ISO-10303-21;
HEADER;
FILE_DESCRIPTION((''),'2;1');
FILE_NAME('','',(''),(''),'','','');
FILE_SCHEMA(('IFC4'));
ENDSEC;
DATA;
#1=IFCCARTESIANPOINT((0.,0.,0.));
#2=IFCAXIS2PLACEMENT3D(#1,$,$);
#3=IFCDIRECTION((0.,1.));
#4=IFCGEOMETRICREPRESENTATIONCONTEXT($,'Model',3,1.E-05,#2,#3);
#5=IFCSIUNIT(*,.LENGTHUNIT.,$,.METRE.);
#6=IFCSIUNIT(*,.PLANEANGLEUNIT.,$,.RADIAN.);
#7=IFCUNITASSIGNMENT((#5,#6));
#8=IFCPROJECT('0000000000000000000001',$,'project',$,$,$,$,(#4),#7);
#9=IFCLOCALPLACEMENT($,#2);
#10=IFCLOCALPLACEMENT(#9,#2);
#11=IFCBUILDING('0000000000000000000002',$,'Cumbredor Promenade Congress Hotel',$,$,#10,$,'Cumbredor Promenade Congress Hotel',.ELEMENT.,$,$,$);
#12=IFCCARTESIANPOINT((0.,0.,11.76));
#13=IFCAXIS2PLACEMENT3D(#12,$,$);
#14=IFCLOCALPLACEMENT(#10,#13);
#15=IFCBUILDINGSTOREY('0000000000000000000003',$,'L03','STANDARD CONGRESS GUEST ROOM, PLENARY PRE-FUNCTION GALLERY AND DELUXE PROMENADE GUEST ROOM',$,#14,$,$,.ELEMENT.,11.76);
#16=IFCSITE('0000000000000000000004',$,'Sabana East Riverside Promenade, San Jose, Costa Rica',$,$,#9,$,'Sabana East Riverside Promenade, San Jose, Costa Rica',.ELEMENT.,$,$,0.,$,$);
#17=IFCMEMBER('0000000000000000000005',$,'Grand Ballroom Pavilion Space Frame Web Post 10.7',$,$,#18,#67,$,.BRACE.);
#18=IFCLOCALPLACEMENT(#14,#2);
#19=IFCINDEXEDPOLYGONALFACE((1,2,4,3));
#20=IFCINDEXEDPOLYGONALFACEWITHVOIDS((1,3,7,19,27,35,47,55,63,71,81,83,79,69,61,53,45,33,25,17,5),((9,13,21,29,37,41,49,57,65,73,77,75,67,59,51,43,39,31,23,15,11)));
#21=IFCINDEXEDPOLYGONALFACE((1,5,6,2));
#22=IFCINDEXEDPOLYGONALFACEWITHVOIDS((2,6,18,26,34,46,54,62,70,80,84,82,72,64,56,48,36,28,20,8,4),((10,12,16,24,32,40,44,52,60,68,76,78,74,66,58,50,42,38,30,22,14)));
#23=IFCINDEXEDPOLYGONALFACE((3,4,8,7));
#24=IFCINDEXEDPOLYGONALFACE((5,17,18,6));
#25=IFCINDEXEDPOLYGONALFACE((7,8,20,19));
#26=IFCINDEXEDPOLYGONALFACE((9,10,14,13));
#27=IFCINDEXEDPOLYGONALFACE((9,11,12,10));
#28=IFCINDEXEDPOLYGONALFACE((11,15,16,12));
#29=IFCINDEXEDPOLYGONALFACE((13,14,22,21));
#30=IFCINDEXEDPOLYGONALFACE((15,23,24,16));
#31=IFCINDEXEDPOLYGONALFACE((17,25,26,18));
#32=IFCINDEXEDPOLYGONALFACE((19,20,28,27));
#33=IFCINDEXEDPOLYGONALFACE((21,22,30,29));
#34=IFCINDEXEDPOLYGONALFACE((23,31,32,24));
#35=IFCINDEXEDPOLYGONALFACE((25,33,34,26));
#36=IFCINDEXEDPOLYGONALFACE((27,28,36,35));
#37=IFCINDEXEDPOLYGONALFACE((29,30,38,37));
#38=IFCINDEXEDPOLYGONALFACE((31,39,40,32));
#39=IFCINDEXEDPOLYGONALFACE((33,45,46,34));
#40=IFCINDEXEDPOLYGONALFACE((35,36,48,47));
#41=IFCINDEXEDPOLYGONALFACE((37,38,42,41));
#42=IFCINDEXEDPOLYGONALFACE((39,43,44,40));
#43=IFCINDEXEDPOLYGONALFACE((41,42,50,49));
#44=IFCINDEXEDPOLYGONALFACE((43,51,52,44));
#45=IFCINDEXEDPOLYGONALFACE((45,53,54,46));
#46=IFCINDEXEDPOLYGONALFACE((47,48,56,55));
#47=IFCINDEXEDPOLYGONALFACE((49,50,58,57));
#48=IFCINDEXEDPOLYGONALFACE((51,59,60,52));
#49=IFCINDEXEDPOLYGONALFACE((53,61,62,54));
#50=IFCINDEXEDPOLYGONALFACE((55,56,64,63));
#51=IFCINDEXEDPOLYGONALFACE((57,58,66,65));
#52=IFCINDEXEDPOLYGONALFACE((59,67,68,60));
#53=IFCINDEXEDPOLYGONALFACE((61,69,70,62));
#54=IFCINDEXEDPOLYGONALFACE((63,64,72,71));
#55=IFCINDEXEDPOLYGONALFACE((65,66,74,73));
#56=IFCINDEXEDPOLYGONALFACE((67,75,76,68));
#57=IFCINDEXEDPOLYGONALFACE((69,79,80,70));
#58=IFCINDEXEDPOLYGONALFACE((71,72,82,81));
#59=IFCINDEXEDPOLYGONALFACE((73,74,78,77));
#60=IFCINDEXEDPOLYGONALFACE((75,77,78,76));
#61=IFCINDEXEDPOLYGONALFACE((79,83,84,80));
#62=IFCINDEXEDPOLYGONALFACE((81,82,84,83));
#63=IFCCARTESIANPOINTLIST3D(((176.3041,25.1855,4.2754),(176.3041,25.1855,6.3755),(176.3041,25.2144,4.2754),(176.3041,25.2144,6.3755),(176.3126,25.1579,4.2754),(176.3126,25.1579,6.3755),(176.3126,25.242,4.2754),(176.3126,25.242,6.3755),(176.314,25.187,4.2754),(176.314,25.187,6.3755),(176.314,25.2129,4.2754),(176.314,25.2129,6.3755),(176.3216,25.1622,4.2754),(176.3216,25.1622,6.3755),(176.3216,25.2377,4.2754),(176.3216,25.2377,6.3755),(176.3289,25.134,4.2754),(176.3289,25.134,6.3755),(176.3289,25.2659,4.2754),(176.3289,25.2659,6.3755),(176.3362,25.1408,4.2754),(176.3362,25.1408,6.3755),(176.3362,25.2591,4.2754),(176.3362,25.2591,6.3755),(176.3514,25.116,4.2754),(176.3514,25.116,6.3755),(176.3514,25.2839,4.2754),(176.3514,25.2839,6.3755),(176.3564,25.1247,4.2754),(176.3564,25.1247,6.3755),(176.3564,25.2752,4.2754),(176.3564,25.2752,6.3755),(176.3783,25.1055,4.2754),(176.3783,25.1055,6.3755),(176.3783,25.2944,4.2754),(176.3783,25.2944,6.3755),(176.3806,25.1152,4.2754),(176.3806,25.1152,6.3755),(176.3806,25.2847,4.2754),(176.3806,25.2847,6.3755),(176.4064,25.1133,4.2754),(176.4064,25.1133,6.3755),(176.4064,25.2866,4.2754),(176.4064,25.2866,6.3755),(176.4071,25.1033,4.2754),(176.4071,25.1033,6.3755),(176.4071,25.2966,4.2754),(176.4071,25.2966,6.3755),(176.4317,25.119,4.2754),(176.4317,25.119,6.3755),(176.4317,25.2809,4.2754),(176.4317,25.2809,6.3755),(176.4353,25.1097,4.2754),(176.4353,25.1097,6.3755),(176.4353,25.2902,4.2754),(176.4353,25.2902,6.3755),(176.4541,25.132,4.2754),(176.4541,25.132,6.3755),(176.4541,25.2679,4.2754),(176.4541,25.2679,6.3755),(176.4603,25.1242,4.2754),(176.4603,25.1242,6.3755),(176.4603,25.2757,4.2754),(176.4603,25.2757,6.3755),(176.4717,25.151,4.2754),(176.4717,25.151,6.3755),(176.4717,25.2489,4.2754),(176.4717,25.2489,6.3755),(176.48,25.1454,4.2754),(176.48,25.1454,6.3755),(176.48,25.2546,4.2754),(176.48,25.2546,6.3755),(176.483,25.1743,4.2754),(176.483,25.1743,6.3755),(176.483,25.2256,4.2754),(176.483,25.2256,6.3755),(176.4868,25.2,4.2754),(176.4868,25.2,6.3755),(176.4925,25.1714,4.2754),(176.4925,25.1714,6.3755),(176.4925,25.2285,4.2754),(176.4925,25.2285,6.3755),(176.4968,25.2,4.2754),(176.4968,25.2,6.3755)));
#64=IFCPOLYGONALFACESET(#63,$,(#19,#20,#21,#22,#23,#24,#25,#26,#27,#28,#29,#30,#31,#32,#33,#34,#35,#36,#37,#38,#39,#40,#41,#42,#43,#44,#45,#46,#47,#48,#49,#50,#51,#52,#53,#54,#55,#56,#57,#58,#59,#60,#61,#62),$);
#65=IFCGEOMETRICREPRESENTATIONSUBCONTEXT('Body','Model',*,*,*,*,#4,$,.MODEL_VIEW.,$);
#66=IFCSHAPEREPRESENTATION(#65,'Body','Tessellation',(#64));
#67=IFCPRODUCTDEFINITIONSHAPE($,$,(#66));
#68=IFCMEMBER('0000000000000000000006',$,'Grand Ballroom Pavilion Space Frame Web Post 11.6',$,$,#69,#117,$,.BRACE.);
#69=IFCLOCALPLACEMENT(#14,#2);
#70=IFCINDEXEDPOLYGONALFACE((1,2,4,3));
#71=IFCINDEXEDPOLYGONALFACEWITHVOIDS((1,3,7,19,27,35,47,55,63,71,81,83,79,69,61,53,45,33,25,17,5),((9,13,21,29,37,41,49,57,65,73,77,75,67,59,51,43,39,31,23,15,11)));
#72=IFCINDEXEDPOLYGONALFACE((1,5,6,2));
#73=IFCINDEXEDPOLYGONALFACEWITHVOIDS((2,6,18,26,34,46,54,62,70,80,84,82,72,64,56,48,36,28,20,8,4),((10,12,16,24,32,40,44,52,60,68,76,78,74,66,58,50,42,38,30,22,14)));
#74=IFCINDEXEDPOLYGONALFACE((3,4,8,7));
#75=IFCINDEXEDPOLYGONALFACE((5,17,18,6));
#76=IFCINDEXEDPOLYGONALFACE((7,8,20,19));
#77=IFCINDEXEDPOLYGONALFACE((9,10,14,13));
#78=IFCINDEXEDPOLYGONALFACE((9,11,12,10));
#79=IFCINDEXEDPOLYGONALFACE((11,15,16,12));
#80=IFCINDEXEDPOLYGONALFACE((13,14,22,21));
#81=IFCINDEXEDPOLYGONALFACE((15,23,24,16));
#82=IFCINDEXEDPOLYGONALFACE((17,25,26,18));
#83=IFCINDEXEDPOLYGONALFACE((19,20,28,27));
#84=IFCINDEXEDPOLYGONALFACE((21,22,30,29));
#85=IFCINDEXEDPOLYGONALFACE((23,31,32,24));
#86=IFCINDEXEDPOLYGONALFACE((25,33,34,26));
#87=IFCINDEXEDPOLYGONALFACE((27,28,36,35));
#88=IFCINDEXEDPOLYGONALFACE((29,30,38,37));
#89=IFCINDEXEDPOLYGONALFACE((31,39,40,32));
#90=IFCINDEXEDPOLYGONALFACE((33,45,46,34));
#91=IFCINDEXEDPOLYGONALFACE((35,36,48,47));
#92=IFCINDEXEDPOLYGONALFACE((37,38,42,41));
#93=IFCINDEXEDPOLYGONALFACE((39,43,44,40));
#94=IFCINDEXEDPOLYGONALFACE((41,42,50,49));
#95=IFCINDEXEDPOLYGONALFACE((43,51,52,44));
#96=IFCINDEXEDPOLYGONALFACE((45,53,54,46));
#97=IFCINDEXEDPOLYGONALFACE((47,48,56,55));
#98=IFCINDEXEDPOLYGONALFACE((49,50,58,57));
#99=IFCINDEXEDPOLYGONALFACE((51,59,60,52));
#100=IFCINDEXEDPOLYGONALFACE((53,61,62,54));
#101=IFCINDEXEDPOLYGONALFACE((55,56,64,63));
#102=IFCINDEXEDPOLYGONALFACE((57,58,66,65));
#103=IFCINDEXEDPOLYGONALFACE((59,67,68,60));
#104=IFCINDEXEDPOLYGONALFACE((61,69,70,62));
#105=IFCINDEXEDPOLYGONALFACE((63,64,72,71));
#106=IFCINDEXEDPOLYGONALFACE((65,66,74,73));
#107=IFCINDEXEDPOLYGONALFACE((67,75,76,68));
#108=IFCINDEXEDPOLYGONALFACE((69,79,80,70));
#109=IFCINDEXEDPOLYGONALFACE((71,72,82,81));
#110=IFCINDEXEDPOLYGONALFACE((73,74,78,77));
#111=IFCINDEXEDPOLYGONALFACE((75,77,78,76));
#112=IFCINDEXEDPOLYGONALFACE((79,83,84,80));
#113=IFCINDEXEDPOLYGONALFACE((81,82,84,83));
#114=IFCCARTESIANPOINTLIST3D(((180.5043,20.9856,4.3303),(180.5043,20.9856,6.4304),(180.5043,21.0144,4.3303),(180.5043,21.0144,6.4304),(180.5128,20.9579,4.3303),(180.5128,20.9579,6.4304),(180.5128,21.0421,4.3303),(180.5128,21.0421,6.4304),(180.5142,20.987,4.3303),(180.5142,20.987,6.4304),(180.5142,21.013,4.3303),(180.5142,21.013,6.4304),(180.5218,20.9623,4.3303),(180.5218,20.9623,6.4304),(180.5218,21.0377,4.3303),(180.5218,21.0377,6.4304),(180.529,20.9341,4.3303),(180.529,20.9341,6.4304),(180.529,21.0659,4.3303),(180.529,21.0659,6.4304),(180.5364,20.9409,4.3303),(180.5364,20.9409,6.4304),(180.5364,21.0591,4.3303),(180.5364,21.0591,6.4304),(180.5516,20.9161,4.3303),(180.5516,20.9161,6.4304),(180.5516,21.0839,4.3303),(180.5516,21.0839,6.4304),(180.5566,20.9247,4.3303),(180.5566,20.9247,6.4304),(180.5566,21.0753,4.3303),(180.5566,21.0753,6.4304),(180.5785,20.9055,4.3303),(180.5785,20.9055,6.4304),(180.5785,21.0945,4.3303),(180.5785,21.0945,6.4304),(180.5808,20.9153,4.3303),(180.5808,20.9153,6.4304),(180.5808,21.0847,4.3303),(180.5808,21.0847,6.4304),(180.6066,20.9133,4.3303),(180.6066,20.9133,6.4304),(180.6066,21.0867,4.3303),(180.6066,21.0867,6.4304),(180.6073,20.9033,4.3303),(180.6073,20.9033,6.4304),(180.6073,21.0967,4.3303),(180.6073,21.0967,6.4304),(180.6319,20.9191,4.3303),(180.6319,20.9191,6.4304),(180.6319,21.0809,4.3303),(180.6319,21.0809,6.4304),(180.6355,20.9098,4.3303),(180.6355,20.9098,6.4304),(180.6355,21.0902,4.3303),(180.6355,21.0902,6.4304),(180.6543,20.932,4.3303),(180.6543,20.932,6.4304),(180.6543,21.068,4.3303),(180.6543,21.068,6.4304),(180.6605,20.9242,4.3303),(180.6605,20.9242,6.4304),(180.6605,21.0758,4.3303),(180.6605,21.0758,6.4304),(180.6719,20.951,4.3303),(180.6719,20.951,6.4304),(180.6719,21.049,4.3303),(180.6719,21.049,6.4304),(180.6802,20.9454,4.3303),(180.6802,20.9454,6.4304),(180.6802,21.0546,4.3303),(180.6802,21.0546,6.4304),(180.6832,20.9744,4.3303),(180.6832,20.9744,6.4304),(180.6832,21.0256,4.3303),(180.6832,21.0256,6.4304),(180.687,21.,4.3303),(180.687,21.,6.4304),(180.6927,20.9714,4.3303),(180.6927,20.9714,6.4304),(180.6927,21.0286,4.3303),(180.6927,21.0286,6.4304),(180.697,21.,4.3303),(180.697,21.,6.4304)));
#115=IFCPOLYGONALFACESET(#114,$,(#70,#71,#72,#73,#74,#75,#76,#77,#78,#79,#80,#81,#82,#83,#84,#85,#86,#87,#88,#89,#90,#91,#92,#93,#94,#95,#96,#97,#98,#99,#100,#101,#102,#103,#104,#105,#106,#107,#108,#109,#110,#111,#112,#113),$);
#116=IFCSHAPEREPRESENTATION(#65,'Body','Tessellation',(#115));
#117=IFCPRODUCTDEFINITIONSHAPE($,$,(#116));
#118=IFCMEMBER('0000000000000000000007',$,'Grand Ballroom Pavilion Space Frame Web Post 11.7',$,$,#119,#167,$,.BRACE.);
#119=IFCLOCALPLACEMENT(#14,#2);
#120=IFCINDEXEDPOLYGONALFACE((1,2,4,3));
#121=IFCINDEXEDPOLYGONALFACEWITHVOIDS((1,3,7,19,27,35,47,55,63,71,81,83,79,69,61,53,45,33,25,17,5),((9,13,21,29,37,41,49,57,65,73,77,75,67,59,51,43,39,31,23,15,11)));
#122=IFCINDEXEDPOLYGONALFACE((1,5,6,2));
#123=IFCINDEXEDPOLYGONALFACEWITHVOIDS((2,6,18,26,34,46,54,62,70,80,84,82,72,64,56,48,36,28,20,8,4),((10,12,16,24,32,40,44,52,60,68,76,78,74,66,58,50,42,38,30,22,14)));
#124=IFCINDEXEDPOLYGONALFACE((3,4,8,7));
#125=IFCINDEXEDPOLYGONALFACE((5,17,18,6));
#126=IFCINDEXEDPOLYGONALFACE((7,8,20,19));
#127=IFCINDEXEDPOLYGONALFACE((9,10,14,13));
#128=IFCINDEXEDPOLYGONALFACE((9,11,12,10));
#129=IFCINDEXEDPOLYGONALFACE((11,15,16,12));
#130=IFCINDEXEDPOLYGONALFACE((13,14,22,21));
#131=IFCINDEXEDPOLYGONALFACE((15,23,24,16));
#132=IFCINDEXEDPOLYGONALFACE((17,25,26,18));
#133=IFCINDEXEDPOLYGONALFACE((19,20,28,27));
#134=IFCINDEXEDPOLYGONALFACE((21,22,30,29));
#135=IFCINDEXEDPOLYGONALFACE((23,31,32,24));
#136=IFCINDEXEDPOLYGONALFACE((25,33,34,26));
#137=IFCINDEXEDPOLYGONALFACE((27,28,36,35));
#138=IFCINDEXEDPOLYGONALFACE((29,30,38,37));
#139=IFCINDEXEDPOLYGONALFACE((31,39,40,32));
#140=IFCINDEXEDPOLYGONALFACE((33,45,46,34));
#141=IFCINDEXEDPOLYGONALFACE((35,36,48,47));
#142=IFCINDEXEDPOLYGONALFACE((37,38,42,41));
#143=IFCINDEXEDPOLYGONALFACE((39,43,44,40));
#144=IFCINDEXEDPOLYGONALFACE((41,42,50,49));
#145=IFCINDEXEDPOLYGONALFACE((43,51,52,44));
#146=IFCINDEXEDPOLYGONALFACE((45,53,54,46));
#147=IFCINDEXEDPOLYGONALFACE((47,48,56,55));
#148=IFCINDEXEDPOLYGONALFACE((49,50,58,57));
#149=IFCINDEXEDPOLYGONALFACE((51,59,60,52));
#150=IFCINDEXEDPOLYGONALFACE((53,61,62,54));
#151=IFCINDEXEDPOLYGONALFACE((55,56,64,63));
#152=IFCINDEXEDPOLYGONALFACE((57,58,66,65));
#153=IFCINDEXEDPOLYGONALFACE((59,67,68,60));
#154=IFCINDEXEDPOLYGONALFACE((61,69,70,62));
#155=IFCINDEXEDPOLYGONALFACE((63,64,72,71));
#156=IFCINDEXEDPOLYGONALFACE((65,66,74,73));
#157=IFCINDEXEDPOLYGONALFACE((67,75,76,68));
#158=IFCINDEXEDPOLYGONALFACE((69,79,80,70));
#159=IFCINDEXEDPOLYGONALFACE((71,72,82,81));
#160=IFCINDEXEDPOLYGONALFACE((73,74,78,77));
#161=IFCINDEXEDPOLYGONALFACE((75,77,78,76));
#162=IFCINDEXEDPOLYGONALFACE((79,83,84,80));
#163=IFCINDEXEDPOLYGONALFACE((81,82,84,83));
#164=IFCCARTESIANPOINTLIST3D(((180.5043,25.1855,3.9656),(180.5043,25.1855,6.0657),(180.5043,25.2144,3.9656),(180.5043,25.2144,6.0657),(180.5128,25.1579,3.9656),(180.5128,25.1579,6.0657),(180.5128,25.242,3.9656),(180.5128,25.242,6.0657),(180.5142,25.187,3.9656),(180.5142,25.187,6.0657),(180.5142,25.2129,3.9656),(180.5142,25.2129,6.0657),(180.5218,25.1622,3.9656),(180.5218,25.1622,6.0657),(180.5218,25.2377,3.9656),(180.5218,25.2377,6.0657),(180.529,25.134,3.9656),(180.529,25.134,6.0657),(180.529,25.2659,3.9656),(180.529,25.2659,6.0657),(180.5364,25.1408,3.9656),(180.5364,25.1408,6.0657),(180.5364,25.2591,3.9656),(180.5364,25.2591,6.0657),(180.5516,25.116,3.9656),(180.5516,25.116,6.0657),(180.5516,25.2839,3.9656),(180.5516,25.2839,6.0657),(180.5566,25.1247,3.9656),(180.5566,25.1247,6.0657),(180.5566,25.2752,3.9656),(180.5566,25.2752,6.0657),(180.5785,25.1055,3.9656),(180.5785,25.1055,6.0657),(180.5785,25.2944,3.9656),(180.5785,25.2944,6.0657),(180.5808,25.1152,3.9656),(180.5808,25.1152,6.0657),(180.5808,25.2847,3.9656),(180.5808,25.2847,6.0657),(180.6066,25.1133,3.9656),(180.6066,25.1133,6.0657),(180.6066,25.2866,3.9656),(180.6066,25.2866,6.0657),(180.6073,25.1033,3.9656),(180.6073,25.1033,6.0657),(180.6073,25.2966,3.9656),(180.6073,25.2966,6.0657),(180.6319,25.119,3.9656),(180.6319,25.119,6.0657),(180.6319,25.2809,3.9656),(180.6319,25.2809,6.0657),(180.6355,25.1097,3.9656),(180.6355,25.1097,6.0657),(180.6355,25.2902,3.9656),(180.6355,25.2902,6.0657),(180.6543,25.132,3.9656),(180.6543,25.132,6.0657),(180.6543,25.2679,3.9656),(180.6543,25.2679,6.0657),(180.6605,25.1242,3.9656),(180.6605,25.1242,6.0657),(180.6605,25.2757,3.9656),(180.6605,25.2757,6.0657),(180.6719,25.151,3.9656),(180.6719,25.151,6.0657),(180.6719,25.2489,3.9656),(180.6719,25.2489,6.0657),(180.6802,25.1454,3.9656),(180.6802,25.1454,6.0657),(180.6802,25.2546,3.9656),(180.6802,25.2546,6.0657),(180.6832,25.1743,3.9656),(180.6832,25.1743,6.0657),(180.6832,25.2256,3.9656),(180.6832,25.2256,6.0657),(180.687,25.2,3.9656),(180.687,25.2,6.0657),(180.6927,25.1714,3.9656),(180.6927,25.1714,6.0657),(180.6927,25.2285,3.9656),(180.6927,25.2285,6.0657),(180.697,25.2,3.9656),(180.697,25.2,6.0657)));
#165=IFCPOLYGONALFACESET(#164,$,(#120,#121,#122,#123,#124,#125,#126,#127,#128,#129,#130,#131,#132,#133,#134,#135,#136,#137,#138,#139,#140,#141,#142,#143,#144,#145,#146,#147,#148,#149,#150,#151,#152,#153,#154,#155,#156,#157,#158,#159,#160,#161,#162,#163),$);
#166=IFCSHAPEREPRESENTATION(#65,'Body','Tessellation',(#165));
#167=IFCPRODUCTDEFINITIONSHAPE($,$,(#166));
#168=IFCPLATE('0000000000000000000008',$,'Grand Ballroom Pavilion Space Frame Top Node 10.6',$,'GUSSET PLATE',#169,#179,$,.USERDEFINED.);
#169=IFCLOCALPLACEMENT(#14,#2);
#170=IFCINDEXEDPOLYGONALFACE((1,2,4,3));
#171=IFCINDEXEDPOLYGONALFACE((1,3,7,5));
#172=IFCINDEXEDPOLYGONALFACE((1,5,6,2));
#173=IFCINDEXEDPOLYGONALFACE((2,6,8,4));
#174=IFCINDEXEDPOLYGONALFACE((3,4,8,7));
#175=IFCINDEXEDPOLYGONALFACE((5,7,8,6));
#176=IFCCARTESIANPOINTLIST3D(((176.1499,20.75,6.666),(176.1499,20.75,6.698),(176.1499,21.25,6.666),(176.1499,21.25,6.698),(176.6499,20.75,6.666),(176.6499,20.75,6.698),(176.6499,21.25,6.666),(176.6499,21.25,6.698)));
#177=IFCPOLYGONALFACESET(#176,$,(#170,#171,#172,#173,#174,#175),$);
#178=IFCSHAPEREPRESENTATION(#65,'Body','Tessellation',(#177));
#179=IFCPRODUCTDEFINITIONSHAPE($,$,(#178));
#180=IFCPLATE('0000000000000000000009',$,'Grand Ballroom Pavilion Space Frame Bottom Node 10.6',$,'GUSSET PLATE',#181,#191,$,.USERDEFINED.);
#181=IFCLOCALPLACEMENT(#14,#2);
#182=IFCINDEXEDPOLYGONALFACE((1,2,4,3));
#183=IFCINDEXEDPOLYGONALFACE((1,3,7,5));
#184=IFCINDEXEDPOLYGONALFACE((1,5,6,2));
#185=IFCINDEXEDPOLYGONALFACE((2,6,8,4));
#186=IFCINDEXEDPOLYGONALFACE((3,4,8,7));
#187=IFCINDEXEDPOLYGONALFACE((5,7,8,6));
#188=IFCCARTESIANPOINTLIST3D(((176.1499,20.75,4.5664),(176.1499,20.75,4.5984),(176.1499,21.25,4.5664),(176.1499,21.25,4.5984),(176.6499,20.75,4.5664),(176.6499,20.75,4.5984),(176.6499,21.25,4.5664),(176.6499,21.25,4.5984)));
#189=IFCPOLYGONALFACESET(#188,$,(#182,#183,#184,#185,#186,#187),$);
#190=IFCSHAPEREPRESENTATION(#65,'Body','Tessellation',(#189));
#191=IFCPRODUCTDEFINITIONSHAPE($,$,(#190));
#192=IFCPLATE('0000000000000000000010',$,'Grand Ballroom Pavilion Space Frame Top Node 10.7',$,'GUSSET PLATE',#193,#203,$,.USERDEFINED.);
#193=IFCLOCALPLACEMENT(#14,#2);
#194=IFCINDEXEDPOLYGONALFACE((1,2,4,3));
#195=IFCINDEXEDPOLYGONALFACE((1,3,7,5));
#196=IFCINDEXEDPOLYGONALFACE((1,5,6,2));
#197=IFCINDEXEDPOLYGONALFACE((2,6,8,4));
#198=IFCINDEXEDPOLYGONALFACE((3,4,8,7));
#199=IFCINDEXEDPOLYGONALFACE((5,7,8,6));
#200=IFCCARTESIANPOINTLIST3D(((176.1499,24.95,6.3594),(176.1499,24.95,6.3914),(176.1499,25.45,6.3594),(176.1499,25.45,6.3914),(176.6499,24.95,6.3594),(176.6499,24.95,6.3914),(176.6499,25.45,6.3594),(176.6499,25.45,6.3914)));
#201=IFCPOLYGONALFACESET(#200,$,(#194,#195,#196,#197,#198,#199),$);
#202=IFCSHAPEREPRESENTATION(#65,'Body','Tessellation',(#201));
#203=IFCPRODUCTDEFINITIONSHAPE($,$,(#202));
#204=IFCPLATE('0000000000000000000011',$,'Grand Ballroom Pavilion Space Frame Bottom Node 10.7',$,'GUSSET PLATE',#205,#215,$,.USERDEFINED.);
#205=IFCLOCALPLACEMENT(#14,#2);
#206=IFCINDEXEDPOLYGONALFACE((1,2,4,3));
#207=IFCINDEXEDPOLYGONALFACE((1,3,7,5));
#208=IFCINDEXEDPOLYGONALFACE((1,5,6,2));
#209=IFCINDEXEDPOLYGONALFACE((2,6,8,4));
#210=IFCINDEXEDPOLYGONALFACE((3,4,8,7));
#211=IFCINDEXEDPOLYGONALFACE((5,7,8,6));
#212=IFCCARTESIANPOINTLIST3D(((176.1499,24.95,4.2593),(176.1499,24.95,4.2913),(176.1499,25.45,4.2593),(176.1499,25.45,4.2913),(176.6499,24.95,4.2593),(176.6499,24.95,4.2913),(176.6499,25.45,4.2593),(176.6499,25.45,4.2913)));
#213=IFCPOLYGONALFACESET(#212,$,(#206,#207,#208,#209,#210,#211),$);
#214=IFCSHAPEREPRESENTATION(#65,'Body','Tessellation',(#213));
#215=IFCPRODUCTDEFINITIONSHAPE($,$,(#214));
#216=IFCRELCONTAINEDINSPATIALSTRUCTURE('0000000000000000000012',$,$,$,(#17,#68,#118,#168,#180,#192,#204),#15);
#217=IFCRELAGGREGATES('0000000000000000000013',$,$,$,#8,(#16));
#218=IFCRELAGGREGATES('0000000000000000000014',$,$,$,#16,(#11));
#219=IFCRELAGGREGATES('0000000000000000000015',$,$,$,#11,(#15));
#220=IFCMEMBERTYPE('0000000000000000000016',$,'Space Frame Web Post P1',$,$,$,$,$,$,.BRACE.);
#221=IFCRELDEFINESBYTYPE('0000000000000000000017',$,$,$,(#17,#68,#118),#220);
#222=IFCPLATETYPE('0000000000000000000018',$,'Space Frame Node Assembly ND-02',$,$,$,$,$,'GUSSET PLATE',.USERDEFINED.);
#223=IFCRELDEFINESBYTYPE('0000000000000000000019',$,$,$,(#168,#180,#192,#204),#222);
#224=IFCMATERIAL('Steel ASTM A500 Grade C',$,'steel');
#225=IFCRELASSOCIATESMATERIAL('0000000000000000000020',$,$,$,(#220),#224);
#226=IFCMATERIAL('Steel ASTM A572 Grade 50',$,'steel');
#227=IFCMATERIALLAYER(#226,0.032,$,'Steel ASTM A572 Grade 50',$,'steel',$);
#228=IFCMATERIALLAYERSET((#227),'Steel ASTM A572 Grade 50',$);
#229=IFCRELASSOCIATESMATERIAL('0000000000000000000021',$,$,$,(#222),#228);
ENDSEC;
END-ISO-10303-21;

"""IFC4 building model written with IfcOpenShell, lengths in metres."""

from ifc_helpers import new_model, si_unit, direction, frame, origin, origin_2d, place, context, subcontext, project, spatial, rectangle, hollow_circle, extrude, material, layer, layer_set, material_profile, profile_set, type_object, element, save


model = new_model("IFC4")

# Units and contexts
model_context = context("Model", 3, precision=1e-05, world=origin(), true_north=direction((0.0, 1.0)))
body_context = subcontext(model_context, "Body", "Model", "MODEL_VIEW")
ifc_project = project(units=[si_unit("LENGTHUNIT", "METRE"), si_unit("PLANEANGLEUNIT", "RADIAN")], contexts=[model_context])

# Site, building, storey
site_placement = place(None, origin())
site = spatial("IfcSite", under=ifc_project, at=site_placement, Name="Sabana East Riverside Promenade, San Jose, Costa Rica", LongName="Sabana East Riverside Promenade, San Jose, Costa Rica", CompositionType="ELEMENT", RefElevation=0.0)
building_placement = place(site_placement, origin())
building = spatial("IfcBuilding", under=site, at=building_placement, Name="Cumbredor Promenade Congress Hotel", LongName="Cumbredor Promenade Congress Hotel", CompositionType="ELEMENT")
storey_placement = place(building_placement, frame((0.0, 0.0, 11.76)))
storey = spatial("IfcBuildingStorey", under=building, at=storey_placement, Name="L03", Description="STANDARD CONGRESS GUEST ROOM, PLENARY PRE-FUNCTION GALLERY AND DELUXE PROMENADE GUEST ROOM", CompositionType="ELEMENT", Elevation=11.76)

# Members
ifc_material_1 = material(Name="Steel ASTM A500 Grade C", Category="steel")
ifc_material_profile_1 = material_profile(ifc_material_1, hollow_circle(Radius=0.0969, WallThickness=0.01, at=origin_2d()), Name="CHS 193.7x10")
ifc_profile_set_1 = profile_set([ifc_material_profile_1], Name="Steel ASTM A500 Grade C")
member_type_1 = type_object("IfcMemberType", Name="Space Frame Web Post P1", PredefinedType="BRACE", material=ifc_profile_set_1)
for number, where, z_axis, x_axis, name in (
    (1, (176.3999, 25.2, 4.2754), (0.0, 0.0, 1.0), (1.0, 0.0, 0.0), "Grand Ballroom Pavilion Space Frame Web Post 10.7"),
    (2, (180.6001, 21.0, 4.3303), (0.0, 0.0, 1.0), (1.0, 0.0, 0.0), "Grand Ballroom Pavilion Space Frame Web Post 11.6"),
    (3, (180.6001, 25.2, 3.9656), (0.0, 0.0, 1.0), (1.0, 0.0, 0.0), "Grand Ballroom Pavilion Space Frame Web Post 11.7"),
):
    element("IfcMember", number, at=place(storey_placement, frame(where, z_axis=z_axis, x_axis=x_axis)), inside=storey, type_object=member_type_1, Name=name, PredefinedType="BRACE", context=body_context, shape_type="SweptSolid", body=[
        extrude(hollow_circle(Radius=0.0969, WallThickness=0.01, at=origin_2d()), origin(), (0.0, 0.0, 1.0), 2.1001),
    ])

# Plates
ifc_material_2 = material(Name="Steel ASTM A572 Grade 50", Category="steel")
ifc_layer = layer(ifc_material_2, 0.032, Name="Steel ASTM A572 Grade 50", Category="steel")
ifc_layer_set = layer_set([ifc_layer], Name="Steel ASTM A572 Grade 50")
plate_type = type_object("IfcPlateType", Name="Space Frame Node Assembly ND-02", ElementType="GUSSET PLATE", PredefinedType="USERDEFINED", material=ifc_layer_set)
for number, where, z_axis, x_axis, name in (
    (4, (176.3999, 21.0, 6.666), (0.0, 0.0, 1.0), (1.0, 0.0, 0.0), "Grand Ballroom Pavilion Space Frame Top Node 10.6"),
    (5, (176.3999, 21.0, 4.5664), (0.0, 0.0, 1.0), (1.0, 0.0, 0.0), "Grand Ballroom Pavilion Space Frame Bottom Node 10.6"),
    (6, (176.3999, 25.2, 6.3594), (0.0, 0.0, 1.0), (1.0, 0.0, 0.0), "Grand Ballroom Pavilion Space Frame Top Node 10.7"),
    (7, (176.3999, 25.2, 4.2593), (0.0, 0.0, 1.0), (1.0, 0.0, 0.0), "Grand Ballroom Pavilion Space Frame Bottom Node 10.7"),
):
    element("IfcPlate", number, at=place(storey_placement, frame(where, z_axis=z_axis, x_axis=x_axis)), inside=storey, type_object=plate_type, Name=name, ObjectType="GUSSET PLATE", PredefinedType="USERDEFINED", context=body_context, shape_type="SweptSolid", body=[
        extrude(rectangle(XDim=0.5, YDim=0.5, at=origin_2d()), origin(), (0.0, 0.0, 1.0), 0.032),
    ])

save(model, "model.ifc")
